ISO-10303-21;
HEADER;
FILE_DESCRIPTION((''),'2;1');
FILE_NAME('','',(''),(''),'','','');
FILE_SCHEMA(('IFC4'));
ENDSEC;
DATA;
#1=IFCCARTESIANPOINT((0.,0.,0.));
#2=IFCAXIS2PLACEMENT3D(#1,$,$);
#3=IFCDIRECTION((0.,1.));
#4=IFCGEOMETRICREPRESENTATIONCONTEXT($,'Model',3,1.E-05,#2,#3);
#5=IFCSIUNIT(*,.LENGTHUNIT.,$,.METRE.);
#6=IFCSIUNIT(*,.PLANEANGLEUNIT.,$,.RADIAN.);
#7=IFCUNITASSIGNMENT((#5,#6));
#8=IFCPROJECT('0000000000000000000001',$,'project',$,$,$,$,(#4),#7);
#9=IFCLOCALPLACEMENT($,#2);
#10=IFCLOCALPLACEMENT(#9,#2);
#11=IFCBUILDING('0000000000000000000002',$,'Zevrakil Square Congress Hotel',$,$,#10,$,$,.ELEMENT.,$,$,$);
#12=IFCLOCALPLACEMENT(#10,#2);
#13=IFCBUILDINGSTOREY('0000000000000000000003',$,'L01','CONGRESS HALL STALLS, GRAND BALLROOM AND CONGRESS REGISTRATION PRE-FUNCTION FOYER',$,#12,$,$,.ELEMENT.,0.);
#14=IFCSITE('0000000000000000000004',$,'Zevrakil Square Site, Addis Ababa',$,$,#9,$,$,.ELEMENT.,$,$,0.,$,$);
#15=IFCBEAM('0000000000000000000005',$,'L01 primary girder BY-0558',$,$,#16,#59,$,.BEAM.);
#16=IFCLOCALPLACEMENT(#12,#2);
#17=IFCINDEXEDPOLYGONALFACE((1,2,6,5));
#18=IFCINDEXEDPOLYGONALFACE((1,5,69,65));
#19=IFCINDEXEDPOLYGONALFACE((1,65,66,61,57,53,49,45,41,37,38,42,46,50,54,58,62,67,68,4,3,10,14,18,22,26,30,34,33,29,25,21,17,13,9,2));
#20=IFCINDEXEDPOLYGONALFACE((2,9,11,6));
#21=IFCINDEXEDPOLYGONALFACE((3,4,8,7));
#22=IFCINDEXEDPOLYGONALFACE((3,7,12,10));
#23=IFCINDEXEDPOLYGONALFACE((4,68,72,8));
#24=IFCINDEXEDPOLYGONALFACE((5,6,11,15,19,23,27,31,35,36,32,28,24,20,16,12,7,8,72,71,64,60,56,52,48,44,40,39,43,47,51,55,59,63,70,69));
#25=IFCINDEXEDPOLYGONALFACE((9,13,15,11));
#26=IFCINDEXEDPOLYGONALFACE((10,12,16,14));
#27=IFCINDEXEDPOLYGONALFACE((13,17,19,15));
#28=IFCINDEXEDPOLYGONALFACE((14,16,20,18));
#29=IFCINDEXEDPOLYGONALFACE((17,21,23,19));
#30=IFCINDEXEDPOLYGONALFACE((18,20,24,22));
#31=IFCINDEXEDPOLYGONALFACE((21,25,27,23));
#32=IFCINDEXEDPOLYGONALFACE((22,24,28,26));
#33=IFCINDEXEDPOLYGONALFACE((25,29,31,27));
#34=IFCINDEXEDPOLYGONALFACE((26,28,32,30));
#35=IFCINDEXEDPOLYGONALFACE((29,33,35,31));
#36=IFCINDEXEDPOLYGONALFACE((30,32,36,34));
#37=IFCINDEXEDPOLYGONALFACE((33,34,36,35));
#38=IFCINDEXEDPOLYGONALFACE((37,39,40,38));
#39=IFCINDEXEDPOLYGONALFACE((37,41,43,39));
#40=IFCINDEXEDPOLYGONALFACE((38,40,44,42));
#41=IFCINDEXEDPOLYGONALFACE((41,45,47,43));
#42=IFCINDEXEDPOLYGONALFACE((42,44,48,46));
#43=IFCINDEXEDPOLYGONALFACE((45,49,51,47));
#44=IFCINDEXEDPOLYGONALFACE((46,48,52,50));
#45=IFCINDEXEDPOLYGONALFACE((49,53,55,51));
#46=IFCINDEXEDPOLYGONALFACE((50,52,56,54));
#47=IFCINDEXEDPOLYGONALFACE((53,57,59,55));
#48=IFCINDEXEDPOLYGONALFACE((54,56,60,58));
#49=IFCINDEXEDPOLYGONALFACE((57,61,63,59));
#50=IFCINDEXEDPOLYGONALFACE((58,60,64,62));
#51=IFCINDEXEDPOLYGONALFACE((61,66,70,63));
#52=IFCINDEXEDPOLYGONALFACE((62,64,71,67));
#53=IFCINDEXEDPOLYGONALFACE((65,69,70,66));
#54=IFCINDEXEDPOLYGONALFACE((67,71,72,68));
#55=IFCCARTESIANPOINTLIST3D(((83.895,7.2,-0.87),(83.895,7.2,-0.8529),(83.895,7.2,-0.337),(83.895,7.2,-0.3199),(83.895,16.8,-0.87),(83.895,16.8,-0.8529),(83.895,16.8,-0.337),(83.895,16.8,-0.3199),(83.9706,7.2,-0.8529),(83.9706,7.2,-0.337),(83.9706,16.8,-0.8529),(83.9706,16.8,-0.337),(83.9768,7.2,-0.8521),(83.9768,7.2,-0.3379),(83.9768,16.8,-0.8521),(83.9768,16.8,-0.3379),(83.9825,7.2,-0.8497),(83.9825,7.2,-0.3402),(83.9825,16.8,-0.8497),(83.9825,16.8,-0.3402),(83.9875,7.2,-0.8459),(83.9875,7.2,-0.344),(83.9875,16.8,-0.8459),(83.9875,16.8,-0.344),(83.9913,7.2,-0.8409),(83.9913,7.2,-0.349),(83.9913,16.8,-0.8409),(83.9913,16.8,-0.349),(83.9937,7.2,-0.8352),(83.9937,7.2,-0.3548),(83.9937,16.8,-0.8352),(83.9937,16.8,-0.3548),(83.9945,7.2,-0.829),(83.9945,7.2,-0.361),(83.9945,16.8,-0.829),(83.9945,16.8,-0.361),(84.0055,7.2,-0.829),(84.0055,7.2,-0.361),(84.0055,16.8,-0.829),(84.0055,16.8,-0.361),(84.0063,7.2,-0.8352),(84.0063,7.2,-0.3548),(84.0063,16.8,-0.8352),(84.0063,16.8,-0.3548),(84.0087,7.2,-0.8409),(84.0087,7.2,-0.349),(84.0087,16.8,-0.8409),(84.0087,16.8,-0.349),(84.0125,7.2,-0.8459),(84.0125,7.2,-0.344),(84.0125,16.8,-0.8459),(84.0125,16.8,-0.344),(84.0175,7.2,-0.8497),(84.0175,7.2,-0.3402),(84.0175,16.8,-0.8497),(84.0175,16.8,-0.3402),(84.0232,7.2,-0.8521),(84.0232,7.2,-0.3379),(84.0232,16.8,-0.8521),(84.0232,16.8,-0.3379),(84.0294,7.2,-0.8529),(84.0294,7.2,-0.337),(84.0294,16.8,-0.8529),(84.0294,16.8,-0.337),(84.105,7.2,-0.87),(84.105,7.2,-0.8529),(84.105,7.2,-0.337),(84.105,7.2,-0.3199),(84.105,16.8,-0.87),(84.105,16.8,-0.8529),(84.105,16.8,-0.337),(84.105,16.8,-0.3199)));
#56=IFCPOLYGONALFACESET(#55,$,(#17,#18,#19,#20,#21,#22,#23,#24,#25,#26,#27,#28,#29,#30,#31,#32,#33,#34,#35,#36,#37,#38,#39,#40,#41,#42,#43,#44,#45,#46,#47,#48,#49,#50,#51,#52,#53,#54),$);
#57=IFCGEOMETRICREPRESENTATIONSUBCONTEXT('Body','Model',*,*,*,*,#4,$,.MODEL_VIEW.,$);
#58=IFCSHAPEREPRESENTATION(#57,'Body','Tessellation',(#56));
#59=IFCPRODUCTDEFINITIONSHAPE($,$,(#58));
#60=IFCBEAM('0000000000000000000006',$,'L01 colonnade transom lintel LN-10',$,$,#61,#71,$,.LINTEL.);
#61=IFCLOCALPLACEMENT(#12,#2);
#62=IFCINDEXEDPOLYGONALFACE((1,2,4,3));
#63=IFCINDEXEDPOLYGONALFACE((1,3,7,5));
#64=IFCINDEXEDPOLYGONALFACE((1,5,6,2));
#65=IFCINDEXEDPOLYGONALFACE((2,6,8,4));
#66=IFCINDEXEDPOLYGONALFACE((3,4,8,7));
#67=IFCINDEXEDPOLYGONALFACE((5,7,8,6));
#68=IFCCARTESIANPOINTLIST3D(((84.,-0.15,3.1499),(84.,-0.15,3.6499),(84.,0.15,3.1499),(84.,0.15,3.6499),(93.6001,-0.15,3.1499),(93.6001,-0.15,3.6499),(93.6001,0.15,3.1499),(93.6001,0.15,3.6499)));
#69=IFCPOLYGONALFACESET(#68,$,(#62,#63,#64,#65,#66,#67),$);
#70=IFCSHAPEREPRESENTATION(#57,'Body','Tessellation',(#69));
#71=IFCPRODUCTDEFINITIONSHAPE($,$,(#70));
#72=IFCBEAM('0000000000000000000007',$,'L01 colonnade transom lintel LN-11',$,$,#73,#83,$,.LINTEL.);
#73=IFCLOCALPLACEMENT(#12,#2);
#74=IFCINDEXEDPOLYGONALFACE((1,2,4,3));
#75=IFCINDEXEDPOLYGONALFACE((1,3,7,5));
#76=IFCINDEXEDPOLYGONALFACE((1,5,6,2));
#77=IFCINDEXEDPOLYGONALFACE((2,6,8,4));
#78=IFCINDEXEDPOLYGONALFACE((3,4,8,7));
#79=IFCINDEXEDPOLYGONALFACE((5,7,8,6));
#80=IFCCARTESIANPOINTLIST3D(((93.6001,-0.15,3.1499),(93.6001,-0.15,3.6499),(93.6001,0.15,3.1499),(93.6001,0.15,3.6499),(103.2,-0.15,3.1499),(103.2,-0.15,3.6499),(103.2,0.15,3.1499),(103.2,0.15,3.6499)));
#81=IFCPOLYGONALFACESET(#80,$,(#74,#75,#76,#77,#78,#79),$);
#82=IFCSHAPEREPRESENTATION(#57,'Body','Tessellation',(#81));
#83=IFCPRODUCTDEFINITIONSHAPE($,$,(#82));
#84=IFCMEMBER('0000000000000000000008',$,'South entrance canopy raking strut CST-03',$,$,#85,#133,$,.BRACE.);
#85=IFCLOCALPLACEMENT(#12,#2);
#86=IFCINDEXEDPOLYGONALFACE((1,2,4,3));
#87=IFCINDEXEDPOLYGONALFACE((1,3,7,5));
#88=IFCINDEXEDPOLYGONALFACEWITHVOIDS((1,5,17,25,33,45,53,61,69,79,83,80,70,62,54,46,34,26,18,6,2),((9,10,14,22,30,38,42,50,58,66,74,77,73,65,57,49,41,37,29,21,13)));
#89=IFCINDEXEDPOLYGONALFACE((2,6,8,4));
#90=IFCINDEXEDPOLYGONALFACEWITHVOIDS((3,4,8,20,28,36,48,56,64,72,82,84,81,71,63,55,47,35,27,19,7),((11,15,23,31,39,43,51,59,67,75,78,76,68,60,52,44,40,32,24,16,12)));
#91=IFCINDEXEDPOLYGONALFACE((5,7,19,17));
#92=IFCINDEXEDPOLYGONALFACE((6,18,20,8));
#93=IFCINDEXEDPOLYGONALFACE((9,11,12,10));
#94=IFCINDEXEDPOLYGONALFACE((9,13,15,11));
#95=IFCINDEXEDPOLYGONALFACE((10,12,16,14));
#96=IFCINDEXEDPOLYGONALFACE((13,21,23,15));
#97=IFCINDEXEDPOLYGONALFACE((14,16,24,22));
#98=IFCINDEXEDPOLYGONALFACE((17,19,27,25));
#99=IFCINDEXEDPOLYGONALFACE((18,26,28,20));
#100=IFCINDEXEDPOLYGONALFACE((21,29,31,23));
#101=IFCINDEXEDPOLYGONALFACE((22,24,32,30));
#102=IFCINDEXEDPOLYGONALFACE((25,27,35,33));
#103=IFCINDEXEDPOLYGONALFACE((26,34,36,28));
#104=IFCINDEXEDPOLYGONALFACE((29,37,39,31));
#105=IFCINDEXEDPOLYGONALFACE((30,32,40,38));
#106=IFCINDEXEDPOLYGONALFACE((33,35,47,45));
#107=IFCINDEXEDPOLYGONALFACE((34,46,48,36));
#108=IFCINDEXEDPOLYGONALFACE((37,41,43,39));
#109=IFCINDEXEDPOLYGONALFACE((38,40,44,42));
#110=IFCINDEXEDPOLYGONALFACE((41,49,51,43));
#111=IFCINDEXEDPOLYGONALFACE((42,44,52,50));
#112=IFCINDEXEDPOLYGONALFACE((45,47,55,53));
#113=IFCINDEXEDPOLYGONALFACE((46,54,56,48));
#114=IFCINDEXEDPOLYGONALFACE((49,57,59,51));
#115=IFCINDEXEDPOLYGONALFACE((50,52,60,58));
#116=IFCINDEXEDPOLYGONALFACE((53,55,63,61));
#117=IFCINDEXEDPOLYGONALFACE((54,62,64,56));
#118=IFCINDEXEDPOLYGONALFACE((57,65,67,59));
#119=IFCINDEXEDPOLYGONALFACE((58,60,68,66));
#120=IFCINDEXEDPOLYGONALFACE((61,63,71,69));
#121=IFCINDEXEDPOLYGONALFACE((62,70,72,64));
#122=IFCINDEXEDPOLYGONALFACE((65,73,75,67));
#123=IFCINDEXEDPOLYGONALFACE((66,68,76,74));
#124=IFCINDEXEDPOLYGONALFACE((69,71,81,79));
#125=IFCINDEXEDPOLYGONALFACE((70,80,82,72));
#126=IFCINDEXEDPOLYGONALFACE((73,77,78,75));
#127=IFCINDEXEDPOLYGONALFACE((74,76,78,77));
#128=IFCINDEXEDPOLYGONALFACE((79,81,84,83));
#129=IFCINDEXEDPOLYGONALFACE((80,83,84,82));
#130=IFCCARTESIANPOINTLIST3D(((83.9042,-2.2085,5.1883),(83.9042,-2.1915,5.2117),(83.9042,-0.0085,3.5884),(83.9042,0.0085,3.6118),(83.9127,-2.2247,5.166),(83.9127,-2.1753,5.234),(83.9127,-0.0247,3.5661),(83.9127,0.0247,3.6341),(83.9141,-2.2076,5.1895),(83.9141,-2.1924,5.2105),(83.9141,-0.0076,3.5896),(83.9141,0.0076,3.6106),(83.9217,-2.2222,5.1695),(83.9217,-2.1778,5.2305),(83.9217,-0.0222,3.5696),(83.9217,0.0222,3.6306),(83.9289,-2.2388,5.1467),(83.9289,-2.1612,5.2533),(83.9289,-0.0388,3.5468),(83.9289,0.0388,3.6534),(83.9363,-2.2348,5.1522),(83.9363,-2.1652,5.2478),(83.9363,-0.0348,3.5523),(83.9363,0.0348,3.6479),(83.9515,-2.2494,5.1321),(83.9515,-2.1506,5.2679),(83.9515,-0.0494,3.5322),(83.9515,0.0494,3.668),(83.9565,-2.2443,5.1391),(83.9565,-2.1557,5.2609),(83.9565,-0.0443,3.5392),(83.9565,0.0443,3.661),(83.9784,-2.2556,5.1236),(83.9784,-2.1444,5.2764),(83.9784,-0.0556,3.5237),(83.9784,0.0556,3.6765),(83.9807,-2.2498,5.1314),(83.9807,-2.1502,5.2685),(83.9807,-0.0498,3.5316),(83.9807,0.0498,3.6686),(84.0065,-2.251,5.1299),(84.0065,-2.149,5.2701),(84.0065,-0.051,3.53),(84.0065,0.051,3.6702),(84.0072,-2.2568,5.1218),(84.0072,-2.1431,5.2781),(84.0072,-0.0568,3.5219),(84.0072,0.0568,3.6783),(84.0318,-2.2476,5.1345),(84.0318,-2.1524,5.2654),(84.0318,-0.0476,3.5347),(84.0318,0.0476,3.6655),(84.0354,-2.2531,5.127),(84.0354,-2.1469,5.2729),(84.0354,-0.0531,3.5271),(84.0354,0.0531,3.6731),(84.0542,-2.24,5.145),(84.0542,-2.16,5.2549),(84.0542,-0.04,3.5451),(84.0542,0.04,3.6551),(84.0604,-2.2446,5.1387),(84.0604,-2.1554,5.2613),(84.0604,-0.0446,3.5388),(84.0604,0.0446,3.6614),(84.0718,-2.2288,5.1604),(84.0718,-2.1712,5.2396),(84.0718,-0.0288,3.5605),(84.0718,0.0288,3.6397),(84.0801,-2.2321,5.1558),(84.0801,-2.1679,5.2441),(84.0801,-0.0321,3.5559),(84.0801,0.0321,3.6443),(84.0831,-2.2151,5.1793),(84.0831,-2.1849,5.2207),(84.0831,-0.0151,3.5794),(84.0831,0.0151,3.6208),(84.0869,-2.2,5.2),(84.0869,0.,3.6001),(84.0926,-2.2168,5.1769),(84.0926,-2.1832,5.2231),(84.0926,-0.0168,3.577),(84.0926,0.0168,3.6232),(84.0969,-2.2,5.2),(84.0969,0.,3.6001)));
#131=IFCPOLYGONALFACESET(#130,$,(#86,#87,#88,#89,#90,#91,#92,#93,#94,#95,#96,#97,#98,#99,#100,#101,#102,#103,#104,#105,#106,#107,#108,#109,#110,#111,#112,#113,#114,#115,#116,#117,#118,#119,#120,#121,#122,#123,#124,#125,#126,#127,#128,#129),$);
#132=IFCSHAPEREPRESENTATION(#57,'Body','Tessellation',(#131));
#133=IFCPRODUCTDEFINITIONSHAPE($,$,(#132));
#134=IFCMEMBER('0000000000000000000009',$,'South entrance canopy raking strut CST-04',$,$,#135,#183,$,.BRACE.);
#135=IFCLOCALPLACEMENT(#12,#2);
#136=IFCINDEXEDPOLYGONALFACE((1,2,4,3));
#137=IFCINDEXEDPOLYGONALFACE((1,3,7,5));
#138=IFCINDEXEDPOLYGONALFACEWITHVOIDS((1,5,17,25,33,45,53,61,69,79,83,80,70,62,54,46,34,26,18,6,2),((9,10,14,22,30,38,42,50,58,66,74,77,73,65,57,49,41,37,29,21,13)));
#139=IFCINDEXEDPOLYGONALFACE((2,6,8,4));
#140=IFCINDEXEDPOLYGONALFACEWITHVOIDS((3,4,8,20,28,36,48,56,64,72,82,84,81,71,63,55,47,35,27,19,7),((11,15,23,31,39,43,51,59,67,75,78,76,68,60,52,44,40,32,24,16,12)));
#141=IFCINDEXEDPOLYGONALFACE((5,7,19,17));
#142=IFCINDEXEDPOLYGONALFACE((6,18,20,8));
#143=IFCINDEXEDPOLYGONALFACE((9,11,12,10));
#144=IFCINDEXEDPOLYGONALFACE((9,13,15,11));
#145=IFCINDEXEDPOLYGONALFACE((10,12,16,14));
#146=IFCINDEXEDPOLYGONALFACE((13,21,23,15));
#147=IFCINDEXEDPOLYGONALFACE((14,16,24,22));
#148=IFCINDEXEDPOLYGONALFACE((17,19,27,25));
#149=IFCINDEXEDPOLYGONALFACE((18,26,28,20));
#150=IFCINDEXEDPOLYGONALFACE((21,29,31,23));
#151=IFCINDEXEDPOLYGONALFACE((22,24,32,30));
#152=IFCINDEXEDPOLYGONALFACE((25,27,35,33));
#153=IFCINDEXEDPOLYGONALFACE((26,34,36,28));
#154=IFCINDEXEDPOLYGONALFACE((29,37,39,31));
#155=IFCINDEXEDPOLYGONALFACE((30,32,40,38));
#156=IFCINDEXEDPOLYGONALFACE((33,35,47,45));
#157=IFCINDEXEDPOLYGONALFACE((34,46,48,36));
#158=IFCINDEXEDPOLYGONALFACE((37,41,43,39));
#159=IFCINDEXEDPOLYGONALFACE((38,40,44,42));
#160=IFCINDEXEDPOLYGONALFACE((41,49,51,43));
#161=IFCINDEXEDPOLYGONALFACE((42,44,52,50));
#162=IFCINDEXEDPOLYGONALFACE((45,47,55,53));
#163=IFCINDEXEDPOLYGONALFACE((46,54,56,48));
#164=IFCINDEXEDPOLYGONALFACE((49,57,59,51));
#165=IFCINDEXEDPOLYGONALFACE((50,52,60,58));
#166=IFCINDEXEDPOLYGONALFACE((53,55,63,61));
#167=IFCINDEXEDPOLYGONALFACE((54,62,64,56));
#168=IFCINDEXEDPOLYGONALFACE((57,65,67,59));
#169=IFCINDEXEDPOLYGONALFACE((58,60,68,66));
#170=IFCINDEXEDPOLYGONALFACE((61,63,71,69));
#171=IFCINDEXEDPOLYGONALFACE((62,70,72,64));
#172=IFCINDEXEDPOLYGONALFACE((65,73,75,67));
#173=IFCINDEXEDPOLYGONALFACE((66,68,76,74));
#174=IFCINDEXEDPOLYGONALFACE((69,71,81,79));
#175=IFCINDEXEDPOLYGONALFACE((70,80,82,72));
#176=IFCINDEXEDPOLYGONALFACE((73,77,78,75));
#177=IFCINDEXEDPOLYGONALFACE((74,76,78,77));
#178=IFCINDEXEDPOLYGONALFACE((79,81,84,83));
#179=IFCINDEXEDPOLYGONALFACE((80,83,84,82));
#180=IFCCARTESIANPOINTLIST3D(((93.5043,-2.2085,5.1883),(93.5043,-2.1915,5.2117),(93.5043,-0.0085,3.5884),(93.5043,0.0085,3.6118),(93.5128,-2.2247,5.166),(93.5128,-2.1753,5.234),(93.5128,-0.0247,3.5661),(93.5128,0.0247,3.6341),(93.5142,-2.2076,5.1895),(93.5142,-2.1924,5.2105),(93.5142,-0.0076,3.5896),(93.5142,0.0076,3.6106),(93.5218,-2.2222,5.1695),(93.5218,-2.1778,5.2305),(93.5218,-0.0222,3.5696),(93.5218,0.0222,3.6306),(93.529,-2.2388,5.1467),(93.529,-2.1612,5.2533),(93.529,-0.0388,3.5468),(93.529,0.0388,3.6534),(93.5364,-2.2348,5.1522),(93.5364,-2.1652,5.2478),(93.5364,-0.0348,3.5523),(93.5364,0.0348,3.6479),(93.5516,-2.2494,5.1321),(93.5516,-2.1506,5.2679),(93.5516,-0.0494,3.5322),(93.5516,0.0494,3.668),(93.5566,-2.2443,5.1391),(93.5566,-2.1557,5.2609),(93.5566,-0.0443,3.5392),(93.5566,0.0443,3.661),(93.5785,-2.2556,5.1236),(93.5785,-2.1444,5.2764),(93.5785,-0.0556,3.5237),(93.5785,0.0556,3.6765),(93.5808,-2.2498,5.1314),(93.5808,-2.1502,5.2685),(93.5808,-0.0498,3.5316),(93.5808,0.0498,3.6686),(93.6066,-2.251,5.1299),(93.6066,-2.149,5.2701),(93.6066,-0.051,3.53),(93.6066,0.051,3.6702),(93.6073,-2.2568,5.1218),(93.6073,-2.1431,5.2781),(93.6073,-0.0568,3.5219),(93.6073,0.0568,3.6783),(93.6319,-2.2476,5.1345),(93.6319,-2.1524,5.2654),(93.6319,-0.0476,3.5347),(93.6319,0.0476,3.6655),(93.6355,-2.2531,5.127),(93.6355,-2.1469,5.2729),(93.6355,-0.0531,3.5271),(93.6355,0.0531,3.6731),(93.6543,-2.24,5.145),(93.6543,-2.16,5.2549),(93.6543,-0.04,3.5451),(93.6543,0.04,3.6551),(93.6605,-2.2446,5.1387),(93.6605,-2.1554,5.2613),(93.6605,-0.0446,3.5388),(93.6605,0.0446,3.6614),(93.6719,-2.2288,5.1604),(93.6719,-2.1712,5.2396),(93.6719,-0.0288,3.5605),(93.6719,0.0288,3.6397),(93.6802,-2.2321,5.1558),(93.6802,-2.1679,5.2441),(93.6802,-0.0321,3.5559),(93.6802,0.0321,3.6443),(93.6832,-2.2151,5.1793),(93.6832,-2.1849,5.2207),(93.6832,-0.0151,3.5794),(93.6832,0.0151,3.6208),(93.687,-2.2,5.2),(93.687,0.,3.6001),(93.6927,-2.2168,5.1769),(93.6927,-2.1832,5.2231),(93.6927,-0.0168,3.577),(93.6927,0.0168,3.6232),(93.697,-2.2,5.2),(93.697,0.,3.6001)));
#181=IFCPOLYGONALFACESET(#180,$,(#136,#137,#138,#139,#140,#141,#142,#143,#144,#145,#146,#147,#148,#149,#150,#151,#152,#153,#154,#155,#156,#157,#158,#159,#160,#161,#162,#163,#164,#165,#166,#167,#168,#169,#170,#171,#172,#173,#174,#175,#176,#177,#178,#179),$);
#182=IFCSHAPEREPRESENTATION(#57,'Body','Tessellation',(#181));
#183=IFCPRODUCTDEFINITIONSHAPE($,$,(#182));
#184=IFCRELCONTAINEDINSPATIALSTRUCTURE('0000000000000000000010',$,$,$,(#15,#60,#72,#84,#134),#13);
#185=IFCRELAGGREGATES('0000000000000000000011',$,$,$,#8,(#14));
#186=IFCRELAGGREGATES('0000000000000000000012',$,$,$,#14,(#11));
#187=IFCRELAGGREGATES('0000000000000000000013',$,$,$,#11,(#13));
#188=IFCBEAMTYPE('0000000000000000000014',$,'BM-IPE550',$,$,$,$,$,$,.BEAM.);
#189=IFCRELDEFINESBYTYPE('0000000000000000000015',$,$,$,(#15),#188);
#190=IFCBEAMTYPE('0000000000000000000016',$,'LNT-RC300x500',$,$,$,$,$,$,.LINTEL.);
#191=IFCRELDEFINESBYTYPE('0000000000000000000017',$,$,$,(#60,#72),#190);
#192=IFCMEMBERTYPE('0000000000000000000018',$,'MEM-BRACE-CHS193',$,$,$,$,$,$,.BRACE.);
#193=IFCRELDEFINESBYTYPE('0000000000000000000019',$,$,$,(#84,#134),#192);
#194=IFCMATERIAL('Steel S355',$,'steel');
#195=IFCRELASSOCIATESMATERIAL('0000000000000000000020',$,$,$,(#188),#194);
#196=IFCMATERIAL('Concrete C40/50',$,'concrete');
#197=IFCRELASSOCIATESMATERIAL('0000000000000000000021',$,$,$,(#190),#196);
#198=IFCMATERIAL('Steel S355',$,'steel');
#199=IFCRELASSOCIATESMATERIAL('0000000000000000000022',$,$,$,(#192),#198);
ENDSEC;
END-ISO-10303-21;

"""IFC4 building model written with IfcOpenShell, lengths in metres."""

from ifc_helpers import new_model, si_unit, direction, frame, origin, origin_2d, place, context, subcontext, project, spatial, rectangle, hollow_circle, i_section, extrude, material, material_profile, profile_set, type_object, element, save


model = new_model("IFC4")

# Units and contexts
model_context = context("Model", 3, precision=1e-05, world=origin(), true_north=direction((0.0, 1.0)))
body_context = subcontext(model_context, "Body", "Model", "MODEL_VIEW")
ifc_project = project(units=[si_unit("LENGTHUNIT", "METRE"), si_unit("PLANEANGLEUNIT", "RADIAN")], contexts=[model_context])

# Site, building, storey
site_placement = place(None, origin())
site = spatial("IfcSite", under=ifc_project, at=site_placement, Name="Zevrakil Square Site, Addis Ababa", CompositionType="ELEMENT", RefElevation=0.0)
building_placement = place(site_placement, origin())
building = spatial("IfcBuilding", under=site, at=building_placement, Name="Zevrakil Square Congress Hotel", CompositionType="ELEMENT")
storey_placement = place(building_placement, origin())
storey = spatial("IfcBuildingStorey", under=building, at=storey_placement, Name="L01", Description="CONGRESS HALL STALLS, GRAND BALLROOM AND CONGRESS REGISTRATION PRE-FUNCTION FOYER", CompositionType="ELEMENT", Elevation=0.0)

# Beams
ifc_material_1 = material(Name="Steel S355", Category="steel")
ifc_material_profile_1 = material_profile(ifc_material_1, i_section(OverallWidth=0.21, OverallDepth=0.55, WebThickness=0.011, FlangeThickness=0.0171, FilletRadius=0.0239, at=origin_2d()), Name="IPE 550")
ifc_profile_set_1 = profile_set([ifc_material_profile_1], Name="Steel S355")
beam_type_1 = type_object("IfcBeamType", Name="BM-IPE550", PredefinedType="BEAM", material=ifc_profile_set_1)
beam_1_placement = place(storey_placement, frame((84.0, 7.2, -0.595), z_axis=(0.0, 1.0, 0.0), x_axis=(-1.0, 0.0, 0.0)))
element("IfcBeam", 1, at=beam_1_placement, inside=storey, type_object=beam_type_1, Name="L01 primary girder BY-0558", PredefinedType="BEAM", context=body_context, shape_type="SweptSolid", body=[
    extrude(i_section(OverallWidth=0.21, OverallDepth=0.55, WebThickness=0.011, FlangeThickness=0.0171, FilletRadius=0.0239, at=origin_2d()), origin(), (0.0, 0.0, 1.0), 9.6001),
])
ifc_material_2 = material(Name="Concrete C40/50", Category="concrete")
ifc_material_profile_2 = material_profile(ifc_material_2, rectangle(XDim=0.3, YDim=0.5, at=origin_2d()), Name="RC 300x500")
ifc_profile_set_2 = profile_set([ifc_material_profile_2], Name="Concrete C40/50")
beam_type_2 = type_object("IfcBeamType", Name="LNT-RC300x500", PredefinedType="LINTEL", material=ifc_profile_set_2)
beam_2_placement = place(storey_placement, frame((84.0, 0.0, 3.3999), z_axis=(1.0, 0.0, 0.0), x_axis=(0.0, 1.0, 0.0)))
element("IfcBeam", 2, at=beam_2_placement, inside=storey, type_object=beam_type_2, Name="L01 colonnade transom lintel LN-10", PredefinedType="LINTEL", context=body_context, shape_type="SweptSolid", body=[
    extrude(rectangle(XDim=0.3, YDim=0.5, at=origin_2d()), origin(), (0.0, 0.0, 1.0), 9.6001),
])
beam_3_placement = place(storey_placement, frame((93.6001, 0.0, 3.3999), z_axis=(1.0, 0.0, 0.0), x_axis=(0.0, 1.0, 0.0)))
element("IfcBeam", 3, at=beam_3_placement, inside=storey, type_object=beam_type_2, Name="L01 colonnade transom lintel LN-11", PredefinedType="LINTEL", context=body_context, shape_type="SweptSolid", body=[
    extrude(rectangle(XDim=0.3, YDim=0.5, at=origin_2d()), origin(), (0.0, 0.0, 1.0), 9.5999),
])

# Members
ifc_material_3 = material(Name="Steel S355", Category="steel")
ifc_material_profile_3 = material_profile(ifc_material_3, hollow_circle(Radius=0.0969, WallThickness=0.01, at=origin_2d()), Name="CHS 193.7x10")
ifc_profile_set_3 = profile_set([ifc_material_profile_3], Name="Steel S355")
member_type_1 = type_object("IfcMemberType", Name="MEM-BRACE-CHS193", PredefinedType="BRACE", material=ifc_profile_set_3)
for number, where, z_axis, x_axis, name in (
    (4, (84.0, 0.0, 3.6001), (0.0, -0.808755, 0.588145), (1.0, 0.0, 0.0), "South entrance canopy raking strut CST-03"),
    (5, (93.6001, 0.0, 3.6001), (0.0, -0.808755, 0.588145), (1.0, 0.0, 0.0), "South entrance canopy raking strut CST-04"),
):
    element("IfcMember", number, at=place(storey_placement, frame(where, z_axis=z_axis, x_axis=x_axis)), inside=storey, type_object=member_type_1, Name=name, PredefinedType="BRACE", context=body_context, shape_type="SweptSolid", body=[
        extrude(hollow_circle(Radius=0.0969, WallThickness=0.01, at=origin_2d()), origin(), (0.0, 0.0, 1.0), 2.7202),
    ])

save(model, "model.ifc")
